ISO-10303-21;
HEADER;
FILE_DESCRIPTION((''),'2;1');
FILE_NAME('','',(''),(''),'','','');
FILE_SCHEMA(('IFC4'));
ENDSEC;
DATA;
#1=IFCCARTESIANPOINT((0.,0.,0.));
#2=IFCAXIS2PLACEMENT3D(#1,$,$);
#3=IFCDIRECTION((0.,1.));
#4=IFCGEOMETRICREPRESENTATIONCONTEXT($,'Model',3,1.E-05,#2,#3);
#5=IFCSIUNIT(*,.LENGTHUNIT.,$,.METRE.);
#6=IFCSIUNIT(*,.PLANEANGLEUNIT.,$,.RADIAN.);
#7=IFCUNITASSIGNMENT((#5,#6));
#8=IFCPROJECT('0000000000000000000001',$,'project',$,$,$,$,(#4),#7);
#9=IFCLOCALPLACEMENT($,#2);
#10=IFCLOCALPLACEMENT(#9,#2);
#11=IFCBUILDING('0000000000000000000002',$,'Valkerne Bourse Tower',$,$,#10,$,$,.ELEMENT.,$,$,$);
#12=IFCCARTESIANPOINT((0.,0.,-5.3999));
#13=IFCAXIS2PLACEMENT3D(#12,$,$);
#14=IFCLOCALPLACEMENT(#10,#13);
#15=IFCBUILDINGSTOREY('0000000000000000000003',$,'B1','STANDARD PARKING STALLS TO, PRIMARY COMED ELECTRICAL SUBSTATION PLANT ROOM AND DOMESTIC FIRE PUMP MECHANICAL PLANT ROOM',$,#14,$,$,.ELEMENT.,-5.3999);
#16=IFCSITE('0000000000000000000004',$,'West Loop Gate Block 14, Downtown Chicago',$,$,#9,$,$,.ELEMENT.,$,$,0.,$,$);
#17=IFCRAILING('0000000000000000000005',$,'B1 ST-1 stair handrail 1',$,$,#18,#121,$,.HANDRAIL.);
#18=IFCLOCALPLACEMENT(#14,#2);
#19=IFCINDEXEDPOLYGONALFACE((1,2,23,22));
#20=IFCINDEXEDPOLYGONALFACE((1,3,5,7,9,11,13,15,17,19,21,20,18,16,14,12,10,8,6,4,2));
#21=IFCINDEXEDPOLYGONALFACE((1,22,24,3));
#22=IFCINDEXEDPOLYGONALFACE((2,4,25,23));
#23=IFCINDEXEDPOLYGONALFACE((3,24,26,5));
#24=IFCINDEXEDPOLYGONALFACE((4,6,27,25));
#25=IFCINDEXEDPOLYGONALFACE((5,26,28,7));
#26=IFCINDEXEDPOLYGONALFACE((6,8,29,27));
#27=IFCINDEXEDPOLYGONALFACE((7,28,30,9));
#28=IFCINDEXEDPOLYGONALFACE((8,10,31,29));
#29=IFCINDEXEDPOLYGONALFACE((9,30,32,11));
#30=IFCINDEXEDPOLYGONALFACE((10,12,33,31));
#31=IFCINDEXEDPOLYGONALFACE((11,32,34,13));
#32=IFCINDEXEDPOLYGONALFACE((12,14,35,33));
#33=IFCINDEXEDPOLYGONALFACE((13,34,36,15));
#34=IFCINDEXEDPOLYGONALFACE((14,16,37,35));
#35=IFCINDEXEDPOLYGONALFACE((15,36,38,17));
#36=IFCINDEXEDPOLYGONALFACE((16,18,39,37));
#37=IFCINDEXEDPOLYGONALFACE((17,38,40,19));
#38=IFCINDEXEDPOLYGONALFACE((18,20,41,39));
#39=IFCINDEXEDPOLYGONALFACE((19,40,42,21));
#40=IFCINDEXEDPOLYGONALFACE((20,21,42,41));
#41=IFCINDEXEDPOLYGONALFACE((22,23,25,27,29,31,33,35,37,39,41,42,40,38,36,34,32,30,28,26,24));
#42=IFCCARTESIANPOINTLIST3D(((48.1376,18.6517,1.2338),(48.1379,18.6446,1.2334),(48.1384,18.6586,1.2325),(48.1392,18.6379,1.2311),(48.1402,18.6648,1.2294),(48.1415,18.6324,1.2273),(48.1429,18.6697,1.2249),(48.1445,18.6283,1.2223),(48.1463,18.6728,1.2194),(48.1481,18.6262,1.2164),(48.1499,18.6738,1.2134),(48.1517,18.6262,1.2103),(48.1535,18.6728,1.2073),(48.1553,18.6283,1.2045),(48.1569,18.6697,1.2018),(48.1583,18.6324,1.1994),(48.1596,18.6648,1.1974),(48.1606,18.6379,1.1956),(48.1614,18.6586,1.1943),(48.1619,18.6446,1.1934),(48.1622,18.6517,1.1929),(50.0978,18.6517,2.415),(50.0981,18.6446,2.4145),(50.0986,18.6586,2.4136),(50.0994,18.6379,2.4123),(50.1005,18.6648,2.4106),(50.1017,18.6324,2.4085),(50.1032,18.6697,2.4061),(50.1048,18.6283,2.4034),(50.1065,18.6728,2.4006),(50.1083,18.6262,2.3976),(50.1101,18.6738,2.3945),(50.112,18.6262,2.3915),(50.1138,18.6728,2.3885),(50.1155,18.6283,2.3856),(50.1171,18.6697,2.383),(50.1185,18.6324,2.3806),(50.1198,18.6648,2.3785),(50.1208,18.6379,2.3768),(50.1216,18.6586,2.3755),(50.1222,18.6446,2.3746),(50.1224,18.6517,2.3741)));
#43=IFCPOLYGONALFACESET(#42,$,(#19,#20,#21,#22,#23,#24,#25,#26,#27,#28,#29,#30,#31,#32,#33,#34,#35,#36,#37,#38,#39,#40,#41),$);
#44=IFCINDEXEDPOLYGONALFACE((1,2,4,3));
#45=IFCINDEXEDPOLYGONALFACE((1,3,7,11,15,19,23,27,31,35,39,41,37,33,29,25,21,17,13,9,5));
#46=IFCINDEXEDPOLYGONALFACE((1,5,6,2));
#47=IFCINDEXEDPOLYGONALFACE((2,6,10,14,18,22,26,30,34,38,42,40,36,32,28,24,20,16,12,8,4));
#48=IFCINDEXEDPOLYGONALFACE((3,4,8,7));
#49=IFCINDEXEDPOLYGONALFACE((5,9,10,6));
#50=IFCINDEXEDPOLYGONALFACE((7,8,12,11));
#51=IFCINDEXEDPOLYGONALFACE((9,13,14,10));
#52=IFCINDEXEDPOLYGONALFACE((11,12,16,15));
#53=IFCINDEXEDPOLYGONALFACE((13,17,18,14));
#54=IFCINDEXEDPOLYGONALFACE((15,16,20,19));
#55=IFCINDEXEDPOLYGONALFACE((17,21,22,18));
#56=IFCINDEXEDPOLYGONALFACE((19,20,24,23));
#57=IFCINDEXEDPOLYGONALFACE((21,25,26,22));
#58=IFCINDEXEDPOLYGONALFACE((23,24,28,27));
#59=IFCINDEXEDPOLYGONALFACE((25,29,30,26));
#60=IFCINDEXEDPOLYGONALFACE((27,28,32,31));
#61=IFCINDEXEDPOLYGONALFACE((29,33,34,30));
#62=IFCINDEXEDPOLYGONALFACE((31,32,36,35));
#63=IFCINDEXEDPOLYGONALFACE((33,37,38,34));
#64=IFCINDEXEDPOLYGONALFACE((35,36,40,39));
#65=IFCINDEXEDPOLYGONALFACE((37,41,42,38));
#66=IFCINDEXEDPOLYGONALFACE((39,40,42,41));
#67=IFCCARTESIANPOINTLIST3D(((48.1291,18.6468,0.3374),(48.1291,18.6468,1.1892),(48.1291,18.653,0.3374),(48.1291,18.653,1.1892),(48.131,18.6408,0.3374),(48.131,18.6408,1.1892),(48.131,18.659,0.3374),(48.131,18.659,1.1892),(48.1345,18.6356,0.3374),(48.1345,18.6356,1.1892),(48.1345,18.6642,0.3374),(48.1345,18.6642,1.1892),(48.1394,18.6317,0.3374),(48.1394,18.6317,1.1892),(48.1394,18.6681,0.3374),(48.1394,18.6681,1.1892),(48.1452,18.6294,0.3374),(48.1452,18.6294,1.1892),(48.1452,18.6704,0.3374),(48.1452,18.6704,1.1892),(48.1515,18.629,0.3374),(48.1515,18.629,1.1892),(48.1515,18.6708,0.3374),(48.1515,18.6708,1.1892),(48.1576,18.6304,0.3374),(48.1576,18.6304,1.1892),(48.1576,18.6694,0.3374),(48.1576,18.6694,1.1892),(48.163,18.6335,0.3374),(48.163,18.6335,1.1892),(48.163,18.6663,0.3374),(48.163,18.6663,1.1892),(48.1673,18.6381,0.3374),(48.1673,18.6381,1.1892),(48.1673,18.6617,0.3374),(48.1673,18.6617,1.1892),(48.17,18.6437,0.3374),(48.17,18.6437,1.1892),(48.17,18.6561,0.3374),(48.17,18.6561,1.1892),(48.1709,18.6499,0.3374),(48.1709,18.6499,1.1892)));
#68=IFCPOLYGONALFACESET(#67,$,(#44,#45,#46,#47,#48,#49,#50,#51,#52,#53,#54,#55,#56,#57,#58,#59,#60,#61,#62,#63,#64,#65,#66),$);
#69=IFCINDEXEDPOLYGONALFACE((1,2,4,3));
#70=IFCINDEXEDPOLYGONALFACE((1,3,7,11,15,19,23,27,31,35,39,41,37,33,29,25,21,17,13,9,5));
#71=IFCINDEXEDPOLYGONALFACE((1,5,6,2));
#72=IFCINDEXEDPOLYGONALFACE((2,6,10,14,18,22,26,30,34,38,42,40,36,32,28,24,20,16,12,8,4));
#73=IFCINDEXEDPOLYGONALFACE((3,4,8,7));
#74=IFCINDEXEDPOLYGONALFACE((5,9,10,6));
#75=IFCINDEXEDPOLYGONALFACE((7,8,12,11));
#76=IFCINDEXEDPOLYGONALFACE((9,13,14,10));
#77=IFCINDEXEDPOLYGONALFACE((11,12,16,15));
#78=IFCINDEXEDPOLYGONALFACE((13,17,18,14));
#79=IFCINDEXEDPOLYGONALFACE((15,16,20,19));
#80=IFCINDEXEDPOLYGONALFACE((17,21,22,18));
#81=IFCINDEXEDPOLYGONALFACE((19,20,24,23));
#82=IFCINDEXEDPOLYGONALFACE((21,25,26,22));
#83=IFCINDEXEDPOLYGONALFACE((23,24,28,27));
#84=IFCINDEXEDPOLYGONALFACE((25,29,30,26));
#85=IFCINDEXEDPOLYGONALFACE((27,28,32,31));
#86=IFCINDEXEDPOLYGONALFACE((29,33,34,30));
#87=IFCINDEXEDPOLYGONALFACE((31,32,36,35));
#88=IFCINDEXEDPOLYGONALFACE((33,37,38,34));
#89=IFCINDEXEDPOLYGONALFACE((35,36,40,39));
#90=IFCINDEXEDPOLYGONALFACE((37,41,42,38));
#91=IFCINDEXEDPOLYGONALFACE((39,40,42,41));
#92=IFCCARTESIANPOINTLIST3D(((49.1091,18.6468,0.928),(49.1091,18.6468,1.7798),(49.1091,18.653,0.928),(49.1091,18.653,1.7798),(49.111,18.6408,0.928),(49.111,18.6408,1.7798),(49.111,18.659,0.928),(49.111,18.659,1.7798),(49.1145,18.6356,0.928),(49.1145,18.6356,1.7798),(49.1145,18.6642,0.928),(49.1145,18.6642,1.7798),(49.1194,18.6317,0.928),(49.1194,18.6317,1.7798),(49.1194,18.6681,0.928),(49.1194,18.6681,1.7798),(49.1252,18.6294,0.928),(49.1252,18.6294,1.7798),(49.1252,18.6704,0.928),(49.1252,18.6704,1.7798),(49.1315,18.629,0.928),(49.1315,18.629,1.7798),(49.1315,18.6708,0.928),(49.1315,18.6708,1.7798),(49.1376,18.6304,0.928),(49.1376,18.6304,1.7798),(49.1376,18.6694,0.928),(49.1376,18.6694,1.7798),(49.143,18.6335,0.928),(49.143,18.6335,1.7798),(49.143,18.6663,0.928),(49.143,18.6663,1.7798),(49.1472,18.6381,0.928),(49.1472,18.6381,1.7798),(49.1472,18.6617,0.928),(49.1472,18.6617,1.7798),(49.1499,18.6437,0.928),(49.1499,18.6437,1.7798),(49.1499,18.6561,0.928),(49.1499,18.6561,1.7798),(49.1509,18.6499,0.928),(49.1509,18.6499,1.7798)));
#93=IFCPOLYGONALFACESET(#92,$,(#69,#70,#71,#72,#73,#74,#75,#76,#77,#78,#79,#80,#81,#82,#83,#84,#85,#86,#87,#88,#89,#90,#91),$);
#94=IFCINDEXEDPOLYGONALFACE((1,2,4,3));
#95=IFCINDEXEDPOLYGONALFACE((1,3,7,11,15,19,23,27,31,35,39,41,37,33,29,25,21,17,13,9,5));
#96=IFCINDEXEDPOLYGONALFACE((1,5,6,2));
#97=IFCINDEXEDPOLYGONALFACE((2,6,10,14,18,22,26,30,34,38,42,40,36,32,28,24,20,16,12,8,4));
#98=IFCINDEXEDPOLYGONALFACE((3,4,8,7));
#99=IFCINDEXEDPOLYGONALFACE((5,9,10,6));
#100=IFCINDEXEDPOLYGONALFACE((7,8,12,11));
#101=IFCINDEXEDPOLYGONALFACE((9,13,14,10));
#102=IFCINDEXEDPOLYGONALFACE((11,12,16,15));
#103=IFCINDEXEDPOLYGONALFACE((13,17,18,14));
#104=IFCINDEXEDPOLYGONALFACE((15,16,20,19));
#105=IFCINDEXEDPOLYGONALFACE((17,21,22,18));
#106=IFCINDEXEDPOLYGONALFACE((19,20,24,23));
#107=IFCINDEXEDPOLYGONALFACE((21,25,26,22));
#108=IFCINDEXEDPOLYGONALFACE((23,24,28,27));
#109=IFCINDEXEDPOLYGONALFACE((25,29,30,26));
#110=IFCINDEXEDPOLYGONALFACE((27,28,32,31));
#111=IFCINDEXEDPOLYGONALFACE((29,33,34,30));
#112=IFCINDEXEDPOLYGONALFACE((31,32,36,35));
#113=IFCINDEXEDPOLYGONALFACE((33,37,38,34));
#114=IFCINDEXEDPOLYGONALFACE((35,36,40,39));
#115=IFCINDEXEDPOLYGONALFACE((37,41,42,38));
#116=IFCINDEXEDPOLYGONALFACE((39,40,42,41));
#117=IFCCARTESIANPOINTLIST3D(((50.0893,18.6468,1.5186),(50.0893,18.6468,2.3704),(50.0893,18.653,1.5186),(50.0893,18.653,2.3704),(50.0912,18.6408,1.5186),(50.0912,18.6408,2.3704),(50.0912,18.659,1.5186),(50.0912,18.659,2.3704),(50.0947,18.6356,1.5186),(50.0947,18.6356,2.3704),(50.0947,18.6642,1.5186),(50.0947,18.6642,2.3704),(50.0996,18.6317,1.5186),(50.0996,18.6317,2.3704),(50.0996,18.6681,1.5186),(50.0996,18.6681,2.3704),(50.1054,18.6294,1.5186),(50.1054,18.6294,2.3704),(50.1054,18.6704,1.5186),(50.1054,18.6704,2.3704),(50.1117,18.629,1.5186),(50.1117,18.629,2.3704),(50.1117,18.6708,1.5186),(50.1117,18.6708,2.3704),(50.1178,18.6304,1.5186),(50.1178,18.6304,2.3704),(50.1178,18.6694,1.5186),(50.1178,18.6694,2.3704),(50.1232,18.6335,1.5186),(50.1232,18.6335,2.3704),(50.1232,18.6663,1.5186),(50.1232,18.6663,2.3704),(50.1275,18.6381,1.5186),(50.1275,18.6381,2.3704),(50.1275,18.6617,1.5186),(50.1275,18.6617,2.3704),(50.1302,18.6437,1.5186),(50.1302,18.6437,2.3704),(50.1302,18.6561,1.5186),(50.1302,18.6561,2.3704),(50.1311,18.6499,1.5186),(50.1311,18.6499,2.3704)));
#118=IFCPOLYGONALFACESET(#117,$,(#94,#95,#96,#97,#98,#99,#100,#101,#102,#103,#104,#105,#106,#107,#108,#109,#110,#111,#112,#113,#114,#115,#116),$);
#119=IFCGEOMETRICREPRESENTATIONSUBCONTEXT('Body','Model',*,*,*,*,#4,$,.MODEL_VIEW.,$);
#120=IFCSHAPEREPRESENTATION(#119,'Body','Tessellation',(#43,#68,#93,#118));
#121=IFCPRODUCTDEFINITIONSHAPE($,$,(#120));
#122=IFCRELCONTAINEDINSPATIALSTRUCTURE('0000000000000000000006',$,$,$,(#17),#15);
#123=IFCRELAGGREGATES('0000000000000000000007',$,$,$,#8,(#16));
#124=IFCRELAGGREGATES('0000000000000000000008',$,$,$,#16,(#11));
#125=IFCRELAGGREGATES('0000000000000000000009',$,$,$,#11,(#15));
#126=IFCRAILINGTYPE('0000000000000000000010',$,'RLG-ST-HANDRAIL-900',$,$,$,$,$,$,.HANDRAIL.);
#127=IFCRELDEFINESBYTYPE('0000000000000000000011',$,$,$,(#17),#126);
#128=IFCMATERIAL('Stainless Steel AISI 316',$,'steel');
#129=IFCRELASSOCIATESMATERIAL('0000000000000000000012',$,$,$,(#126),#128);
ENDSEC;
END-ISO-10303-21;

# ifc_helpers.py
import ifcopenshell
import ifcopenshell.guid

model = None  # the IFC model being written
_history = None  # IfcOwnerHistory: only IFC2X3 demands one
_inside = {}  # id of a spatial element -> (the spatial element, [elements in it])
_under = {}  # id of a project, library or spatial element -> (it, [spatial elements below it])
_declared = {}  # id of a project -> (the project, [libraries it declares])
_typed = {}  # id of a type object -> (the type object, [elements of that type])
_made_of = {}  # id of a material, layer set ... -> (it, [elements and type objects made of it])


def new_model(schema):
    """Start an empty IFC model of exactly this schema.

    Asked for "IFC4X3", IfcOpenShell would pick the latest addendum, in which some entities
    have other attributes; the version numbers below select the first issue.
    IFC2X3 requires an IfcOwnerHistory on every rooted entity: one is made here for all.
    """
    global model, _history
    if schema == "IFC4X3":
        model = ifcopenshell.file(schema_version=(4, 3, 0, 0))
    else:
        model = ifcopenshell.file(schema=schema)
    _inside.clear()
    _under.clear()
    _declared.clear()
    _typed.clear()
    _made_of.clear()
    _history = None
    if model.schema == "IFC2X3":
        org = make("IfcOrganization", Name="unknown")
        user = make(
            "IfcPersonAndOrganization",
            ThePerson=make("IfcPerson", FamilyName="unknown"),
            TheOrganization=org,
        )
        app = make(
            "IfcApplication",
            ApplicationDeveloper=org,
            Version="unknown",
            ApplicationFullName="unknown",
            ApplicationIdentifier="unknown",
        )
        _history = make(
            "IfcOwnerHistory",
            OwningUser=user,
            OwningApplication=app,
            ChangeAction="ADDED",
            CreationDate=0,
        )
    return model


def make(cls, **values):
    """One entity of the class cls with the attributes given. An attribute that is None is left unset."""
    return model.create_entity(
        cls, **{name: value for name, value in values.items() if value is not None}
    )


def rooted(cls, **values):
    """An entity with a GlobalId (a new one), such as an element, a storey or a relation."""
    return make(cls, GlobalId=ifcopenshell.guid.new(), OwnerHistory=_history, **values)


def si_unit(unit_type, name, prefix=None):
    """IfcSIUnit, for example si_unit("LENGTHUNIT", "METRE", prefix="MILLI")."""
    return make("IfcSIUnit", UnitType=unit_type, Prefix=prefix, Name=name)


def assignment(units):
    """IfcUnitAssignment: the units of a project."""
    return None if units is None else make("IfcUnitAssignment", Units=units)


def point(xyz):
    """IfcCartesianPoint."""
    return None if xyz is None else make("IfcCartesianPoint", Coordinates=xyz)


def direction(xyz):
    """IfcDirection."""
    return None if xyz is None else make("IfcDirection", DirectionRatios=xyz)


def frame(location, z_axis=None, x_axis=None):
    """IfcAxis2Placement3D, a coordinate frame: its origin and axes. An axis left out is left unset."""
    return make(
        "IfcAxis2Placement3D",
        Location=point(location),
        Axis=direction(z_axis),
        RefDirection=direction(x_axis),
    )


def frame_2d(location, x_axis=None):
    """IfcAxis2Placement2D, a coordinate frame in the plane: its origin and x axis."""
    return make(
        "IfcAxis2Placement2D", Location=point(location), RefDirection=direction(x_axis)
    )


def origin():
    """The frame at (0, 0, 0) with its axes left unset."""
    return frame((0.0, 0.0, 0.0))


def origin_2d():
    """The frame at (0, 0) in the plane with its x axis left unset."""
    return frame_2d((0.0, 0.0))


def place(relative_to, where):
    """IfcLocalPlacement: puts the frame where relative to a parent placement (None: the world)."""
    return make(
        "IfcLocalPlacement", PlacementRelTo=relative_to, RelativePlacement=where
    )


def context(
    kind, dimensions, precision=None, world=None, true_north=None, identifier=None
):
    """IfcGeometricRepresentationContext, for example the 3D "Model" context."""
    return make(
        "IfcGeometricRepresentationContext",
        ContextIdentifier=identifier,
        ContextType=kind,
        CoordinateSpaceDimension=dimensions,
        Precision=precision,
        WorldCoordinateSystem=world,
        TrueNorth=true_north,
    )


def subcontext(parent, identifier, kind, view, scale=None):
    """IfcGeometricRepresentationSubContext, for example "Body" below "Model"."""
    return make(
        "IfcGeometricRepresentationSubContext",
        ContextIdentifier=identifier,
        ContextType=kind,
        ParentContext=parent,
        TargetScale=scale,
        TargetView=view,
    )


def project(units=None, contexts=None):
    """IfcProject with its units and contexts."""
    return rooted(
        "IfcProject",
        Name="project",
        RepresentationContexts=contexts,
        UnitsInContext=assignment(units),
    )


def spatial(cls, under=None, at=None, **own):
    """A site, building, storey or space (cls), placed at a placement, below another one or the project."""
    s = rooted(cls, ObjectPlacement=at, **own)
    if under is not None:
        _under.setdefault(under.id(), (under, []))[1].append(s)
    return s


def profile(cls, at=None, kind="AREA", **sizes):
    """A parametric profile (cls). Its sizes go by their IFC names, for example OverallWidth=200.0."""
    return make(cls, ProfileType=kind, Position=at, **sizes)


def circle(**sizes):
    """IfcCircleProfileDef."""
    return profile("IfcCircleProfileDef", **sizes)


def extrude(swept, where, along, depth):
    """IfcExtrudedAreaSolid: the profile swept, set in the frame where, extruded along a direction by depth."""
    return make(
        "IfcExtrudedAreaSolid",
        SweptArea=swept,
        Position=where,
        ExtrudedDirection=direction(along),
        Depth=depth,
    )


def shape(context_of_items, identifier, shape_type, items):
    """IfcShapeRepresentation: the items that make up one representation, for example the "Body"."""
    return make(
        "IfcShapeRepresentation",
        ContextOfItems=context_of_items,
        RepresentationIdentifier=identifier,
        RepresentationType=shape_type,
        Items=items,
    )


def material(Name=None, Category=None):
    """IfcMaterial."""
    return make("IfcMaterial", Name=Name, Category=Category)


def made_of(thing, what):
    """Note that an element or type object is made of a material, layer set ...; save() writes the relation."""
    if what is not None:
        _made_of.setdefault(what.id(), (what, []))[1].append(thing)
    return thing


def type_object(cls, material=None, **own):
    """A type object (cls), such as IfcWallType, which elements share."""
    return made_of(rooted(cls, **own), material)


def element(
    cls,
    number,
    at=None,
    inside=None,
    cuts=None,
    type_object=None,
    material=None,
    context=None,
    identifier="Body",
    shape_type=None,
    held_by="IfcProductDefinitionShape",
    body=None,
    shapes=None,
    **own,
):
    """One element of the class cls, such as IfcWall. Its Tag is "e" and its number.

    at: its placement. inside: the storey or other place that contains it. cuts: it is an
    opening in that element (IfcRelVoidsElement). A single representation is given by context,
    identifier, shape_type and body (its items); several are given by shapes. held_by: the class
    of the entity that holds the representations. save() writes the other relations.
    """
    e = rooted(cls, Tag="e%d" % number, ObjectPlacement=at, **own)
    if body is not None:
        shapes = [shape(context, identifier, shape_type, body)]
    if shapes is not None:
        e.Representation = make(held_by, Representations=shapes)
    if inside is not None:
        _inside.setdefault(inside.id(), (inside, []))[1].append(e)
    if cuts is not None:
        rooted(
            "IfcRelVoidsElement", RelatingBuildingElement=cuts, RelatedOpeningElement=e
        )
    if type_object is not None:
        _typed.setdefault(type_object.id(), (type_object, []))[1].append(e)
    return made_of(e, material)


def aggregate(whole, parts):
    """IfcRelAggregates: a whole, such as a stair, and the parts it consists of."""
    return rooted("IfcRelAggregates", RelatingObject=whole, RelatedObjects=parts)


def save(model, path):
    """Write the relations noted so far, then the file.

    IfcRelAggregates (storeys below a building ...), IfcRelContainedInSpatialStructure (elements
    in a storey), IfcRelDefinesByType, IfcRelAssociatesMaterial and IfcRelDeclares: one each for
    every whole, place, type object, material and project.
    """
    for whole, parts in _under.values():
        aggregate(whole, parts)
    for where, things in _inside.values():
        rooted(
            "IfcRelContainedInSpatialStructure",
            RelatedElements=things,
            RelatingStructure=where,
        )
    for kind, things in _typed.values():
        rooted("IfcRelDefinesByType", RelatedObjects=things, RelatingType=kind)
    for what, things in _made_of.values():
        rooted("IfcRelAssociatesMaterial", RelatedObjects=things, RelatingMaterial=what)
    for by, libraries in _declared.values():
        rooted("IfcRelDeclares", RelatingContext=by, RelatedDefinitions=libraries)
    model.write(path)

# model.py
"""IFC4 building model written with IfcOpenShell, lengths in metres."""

from ifc_helpers import new_model, si_unit, direction, frame, origin, origin_2d, place, context, subcontext, project, spatial, circle, extrude, material, type_object, element, save


model = new_model("IFC4")

# Units and contexts
model_context = context("Model", 3, precision=1e-05, world=origin(), true_north=direction((0.0, 1.0)))
body_context = subcontext(model_context, "Body", "Model", "MODEL_VIEW")
ifc_project = project(units=[si_unit("LENGTHUNIT", "METRE"), si_unit("PLANEANGLEUNIT", "RADIAN")], contexts=[model_context])

# Site, building, storey
site_placement = place(None, origin())
site = spatial("IfcSite", under=ifc_project, at=site_placement, Name="West Loop Gate Block 14, Downtown Chicago", CompositionType="ELEMENT", RefElevation=0.0)
building_placement = place(site_placement, origin())
building = spatial("IfcBuilding", under=site, at=building_placement, Name="Valkerne Bourse Tower", CompositionType="ELEMENT")
storey_placement = place(building_placement, frame((0.0, 0.0, -5.3999)))
storey = spatial("IfcBuildingStorey", under=building, at=storey_placement, Name="B1", Description="STANDARD PARKING STALLS TO, PRIMARY COMED ELECTRICAL SUBSTATION PLANT ROOM AND DOMESTIC FIRE PUMP MECHANICAL PLANT ROOM", CompositionType="ELEMENT", Elevation=-5.3999)

# Shared definitions
ifc_material_1 = material(Name="Stainless Steel AISI 316", Category="steel")

# Railing
railing_type_1 = type_object("IfcRailingType", Name="RLG-ST-HANDRAIL-900", PredefinedType="HANDRAIL", material=ifc_material_1)
railing_1_placement = place(storey_placement, frame((48.1499, 18.6499, 0.3374)))
element("IfcRailing", 1, at=railing_1_placement, inside=storey, type_object=railing_type_1, Name="B1 ST-1 stair handrail 1", PredefinedType="HANDRAIL", context=body_context, shape_type="SweptSolid", body=[
    extrude(circle(Radius=0.0239, at=origin_2d()), frame((0.0, 0.0, 0.876), z_axis=(0.856522, 0.0, 0.516111), x_axis=(0.0, 1.0, 0.0)), (0.0, 0.0, 1.0), 2.2886),
    extrude(circle(Radius=0.021, at=origin_2d()), origin(), (0.0, 0.0, 1.0), 0.8518),
    extrude(circle(Radius=0.021, at=origin_2d()), frame((0.98, 0.0, 0.5906)), (0.0, 0.0, 1.0), 0.8518),
    extrude(circle(Radius=0.021, at=origin_2d()), frame((1.9602, 0.0, 1.1812)), (0.0, 0.0, 1.0), 0.8518),
])

save(model, "model.ifc")
